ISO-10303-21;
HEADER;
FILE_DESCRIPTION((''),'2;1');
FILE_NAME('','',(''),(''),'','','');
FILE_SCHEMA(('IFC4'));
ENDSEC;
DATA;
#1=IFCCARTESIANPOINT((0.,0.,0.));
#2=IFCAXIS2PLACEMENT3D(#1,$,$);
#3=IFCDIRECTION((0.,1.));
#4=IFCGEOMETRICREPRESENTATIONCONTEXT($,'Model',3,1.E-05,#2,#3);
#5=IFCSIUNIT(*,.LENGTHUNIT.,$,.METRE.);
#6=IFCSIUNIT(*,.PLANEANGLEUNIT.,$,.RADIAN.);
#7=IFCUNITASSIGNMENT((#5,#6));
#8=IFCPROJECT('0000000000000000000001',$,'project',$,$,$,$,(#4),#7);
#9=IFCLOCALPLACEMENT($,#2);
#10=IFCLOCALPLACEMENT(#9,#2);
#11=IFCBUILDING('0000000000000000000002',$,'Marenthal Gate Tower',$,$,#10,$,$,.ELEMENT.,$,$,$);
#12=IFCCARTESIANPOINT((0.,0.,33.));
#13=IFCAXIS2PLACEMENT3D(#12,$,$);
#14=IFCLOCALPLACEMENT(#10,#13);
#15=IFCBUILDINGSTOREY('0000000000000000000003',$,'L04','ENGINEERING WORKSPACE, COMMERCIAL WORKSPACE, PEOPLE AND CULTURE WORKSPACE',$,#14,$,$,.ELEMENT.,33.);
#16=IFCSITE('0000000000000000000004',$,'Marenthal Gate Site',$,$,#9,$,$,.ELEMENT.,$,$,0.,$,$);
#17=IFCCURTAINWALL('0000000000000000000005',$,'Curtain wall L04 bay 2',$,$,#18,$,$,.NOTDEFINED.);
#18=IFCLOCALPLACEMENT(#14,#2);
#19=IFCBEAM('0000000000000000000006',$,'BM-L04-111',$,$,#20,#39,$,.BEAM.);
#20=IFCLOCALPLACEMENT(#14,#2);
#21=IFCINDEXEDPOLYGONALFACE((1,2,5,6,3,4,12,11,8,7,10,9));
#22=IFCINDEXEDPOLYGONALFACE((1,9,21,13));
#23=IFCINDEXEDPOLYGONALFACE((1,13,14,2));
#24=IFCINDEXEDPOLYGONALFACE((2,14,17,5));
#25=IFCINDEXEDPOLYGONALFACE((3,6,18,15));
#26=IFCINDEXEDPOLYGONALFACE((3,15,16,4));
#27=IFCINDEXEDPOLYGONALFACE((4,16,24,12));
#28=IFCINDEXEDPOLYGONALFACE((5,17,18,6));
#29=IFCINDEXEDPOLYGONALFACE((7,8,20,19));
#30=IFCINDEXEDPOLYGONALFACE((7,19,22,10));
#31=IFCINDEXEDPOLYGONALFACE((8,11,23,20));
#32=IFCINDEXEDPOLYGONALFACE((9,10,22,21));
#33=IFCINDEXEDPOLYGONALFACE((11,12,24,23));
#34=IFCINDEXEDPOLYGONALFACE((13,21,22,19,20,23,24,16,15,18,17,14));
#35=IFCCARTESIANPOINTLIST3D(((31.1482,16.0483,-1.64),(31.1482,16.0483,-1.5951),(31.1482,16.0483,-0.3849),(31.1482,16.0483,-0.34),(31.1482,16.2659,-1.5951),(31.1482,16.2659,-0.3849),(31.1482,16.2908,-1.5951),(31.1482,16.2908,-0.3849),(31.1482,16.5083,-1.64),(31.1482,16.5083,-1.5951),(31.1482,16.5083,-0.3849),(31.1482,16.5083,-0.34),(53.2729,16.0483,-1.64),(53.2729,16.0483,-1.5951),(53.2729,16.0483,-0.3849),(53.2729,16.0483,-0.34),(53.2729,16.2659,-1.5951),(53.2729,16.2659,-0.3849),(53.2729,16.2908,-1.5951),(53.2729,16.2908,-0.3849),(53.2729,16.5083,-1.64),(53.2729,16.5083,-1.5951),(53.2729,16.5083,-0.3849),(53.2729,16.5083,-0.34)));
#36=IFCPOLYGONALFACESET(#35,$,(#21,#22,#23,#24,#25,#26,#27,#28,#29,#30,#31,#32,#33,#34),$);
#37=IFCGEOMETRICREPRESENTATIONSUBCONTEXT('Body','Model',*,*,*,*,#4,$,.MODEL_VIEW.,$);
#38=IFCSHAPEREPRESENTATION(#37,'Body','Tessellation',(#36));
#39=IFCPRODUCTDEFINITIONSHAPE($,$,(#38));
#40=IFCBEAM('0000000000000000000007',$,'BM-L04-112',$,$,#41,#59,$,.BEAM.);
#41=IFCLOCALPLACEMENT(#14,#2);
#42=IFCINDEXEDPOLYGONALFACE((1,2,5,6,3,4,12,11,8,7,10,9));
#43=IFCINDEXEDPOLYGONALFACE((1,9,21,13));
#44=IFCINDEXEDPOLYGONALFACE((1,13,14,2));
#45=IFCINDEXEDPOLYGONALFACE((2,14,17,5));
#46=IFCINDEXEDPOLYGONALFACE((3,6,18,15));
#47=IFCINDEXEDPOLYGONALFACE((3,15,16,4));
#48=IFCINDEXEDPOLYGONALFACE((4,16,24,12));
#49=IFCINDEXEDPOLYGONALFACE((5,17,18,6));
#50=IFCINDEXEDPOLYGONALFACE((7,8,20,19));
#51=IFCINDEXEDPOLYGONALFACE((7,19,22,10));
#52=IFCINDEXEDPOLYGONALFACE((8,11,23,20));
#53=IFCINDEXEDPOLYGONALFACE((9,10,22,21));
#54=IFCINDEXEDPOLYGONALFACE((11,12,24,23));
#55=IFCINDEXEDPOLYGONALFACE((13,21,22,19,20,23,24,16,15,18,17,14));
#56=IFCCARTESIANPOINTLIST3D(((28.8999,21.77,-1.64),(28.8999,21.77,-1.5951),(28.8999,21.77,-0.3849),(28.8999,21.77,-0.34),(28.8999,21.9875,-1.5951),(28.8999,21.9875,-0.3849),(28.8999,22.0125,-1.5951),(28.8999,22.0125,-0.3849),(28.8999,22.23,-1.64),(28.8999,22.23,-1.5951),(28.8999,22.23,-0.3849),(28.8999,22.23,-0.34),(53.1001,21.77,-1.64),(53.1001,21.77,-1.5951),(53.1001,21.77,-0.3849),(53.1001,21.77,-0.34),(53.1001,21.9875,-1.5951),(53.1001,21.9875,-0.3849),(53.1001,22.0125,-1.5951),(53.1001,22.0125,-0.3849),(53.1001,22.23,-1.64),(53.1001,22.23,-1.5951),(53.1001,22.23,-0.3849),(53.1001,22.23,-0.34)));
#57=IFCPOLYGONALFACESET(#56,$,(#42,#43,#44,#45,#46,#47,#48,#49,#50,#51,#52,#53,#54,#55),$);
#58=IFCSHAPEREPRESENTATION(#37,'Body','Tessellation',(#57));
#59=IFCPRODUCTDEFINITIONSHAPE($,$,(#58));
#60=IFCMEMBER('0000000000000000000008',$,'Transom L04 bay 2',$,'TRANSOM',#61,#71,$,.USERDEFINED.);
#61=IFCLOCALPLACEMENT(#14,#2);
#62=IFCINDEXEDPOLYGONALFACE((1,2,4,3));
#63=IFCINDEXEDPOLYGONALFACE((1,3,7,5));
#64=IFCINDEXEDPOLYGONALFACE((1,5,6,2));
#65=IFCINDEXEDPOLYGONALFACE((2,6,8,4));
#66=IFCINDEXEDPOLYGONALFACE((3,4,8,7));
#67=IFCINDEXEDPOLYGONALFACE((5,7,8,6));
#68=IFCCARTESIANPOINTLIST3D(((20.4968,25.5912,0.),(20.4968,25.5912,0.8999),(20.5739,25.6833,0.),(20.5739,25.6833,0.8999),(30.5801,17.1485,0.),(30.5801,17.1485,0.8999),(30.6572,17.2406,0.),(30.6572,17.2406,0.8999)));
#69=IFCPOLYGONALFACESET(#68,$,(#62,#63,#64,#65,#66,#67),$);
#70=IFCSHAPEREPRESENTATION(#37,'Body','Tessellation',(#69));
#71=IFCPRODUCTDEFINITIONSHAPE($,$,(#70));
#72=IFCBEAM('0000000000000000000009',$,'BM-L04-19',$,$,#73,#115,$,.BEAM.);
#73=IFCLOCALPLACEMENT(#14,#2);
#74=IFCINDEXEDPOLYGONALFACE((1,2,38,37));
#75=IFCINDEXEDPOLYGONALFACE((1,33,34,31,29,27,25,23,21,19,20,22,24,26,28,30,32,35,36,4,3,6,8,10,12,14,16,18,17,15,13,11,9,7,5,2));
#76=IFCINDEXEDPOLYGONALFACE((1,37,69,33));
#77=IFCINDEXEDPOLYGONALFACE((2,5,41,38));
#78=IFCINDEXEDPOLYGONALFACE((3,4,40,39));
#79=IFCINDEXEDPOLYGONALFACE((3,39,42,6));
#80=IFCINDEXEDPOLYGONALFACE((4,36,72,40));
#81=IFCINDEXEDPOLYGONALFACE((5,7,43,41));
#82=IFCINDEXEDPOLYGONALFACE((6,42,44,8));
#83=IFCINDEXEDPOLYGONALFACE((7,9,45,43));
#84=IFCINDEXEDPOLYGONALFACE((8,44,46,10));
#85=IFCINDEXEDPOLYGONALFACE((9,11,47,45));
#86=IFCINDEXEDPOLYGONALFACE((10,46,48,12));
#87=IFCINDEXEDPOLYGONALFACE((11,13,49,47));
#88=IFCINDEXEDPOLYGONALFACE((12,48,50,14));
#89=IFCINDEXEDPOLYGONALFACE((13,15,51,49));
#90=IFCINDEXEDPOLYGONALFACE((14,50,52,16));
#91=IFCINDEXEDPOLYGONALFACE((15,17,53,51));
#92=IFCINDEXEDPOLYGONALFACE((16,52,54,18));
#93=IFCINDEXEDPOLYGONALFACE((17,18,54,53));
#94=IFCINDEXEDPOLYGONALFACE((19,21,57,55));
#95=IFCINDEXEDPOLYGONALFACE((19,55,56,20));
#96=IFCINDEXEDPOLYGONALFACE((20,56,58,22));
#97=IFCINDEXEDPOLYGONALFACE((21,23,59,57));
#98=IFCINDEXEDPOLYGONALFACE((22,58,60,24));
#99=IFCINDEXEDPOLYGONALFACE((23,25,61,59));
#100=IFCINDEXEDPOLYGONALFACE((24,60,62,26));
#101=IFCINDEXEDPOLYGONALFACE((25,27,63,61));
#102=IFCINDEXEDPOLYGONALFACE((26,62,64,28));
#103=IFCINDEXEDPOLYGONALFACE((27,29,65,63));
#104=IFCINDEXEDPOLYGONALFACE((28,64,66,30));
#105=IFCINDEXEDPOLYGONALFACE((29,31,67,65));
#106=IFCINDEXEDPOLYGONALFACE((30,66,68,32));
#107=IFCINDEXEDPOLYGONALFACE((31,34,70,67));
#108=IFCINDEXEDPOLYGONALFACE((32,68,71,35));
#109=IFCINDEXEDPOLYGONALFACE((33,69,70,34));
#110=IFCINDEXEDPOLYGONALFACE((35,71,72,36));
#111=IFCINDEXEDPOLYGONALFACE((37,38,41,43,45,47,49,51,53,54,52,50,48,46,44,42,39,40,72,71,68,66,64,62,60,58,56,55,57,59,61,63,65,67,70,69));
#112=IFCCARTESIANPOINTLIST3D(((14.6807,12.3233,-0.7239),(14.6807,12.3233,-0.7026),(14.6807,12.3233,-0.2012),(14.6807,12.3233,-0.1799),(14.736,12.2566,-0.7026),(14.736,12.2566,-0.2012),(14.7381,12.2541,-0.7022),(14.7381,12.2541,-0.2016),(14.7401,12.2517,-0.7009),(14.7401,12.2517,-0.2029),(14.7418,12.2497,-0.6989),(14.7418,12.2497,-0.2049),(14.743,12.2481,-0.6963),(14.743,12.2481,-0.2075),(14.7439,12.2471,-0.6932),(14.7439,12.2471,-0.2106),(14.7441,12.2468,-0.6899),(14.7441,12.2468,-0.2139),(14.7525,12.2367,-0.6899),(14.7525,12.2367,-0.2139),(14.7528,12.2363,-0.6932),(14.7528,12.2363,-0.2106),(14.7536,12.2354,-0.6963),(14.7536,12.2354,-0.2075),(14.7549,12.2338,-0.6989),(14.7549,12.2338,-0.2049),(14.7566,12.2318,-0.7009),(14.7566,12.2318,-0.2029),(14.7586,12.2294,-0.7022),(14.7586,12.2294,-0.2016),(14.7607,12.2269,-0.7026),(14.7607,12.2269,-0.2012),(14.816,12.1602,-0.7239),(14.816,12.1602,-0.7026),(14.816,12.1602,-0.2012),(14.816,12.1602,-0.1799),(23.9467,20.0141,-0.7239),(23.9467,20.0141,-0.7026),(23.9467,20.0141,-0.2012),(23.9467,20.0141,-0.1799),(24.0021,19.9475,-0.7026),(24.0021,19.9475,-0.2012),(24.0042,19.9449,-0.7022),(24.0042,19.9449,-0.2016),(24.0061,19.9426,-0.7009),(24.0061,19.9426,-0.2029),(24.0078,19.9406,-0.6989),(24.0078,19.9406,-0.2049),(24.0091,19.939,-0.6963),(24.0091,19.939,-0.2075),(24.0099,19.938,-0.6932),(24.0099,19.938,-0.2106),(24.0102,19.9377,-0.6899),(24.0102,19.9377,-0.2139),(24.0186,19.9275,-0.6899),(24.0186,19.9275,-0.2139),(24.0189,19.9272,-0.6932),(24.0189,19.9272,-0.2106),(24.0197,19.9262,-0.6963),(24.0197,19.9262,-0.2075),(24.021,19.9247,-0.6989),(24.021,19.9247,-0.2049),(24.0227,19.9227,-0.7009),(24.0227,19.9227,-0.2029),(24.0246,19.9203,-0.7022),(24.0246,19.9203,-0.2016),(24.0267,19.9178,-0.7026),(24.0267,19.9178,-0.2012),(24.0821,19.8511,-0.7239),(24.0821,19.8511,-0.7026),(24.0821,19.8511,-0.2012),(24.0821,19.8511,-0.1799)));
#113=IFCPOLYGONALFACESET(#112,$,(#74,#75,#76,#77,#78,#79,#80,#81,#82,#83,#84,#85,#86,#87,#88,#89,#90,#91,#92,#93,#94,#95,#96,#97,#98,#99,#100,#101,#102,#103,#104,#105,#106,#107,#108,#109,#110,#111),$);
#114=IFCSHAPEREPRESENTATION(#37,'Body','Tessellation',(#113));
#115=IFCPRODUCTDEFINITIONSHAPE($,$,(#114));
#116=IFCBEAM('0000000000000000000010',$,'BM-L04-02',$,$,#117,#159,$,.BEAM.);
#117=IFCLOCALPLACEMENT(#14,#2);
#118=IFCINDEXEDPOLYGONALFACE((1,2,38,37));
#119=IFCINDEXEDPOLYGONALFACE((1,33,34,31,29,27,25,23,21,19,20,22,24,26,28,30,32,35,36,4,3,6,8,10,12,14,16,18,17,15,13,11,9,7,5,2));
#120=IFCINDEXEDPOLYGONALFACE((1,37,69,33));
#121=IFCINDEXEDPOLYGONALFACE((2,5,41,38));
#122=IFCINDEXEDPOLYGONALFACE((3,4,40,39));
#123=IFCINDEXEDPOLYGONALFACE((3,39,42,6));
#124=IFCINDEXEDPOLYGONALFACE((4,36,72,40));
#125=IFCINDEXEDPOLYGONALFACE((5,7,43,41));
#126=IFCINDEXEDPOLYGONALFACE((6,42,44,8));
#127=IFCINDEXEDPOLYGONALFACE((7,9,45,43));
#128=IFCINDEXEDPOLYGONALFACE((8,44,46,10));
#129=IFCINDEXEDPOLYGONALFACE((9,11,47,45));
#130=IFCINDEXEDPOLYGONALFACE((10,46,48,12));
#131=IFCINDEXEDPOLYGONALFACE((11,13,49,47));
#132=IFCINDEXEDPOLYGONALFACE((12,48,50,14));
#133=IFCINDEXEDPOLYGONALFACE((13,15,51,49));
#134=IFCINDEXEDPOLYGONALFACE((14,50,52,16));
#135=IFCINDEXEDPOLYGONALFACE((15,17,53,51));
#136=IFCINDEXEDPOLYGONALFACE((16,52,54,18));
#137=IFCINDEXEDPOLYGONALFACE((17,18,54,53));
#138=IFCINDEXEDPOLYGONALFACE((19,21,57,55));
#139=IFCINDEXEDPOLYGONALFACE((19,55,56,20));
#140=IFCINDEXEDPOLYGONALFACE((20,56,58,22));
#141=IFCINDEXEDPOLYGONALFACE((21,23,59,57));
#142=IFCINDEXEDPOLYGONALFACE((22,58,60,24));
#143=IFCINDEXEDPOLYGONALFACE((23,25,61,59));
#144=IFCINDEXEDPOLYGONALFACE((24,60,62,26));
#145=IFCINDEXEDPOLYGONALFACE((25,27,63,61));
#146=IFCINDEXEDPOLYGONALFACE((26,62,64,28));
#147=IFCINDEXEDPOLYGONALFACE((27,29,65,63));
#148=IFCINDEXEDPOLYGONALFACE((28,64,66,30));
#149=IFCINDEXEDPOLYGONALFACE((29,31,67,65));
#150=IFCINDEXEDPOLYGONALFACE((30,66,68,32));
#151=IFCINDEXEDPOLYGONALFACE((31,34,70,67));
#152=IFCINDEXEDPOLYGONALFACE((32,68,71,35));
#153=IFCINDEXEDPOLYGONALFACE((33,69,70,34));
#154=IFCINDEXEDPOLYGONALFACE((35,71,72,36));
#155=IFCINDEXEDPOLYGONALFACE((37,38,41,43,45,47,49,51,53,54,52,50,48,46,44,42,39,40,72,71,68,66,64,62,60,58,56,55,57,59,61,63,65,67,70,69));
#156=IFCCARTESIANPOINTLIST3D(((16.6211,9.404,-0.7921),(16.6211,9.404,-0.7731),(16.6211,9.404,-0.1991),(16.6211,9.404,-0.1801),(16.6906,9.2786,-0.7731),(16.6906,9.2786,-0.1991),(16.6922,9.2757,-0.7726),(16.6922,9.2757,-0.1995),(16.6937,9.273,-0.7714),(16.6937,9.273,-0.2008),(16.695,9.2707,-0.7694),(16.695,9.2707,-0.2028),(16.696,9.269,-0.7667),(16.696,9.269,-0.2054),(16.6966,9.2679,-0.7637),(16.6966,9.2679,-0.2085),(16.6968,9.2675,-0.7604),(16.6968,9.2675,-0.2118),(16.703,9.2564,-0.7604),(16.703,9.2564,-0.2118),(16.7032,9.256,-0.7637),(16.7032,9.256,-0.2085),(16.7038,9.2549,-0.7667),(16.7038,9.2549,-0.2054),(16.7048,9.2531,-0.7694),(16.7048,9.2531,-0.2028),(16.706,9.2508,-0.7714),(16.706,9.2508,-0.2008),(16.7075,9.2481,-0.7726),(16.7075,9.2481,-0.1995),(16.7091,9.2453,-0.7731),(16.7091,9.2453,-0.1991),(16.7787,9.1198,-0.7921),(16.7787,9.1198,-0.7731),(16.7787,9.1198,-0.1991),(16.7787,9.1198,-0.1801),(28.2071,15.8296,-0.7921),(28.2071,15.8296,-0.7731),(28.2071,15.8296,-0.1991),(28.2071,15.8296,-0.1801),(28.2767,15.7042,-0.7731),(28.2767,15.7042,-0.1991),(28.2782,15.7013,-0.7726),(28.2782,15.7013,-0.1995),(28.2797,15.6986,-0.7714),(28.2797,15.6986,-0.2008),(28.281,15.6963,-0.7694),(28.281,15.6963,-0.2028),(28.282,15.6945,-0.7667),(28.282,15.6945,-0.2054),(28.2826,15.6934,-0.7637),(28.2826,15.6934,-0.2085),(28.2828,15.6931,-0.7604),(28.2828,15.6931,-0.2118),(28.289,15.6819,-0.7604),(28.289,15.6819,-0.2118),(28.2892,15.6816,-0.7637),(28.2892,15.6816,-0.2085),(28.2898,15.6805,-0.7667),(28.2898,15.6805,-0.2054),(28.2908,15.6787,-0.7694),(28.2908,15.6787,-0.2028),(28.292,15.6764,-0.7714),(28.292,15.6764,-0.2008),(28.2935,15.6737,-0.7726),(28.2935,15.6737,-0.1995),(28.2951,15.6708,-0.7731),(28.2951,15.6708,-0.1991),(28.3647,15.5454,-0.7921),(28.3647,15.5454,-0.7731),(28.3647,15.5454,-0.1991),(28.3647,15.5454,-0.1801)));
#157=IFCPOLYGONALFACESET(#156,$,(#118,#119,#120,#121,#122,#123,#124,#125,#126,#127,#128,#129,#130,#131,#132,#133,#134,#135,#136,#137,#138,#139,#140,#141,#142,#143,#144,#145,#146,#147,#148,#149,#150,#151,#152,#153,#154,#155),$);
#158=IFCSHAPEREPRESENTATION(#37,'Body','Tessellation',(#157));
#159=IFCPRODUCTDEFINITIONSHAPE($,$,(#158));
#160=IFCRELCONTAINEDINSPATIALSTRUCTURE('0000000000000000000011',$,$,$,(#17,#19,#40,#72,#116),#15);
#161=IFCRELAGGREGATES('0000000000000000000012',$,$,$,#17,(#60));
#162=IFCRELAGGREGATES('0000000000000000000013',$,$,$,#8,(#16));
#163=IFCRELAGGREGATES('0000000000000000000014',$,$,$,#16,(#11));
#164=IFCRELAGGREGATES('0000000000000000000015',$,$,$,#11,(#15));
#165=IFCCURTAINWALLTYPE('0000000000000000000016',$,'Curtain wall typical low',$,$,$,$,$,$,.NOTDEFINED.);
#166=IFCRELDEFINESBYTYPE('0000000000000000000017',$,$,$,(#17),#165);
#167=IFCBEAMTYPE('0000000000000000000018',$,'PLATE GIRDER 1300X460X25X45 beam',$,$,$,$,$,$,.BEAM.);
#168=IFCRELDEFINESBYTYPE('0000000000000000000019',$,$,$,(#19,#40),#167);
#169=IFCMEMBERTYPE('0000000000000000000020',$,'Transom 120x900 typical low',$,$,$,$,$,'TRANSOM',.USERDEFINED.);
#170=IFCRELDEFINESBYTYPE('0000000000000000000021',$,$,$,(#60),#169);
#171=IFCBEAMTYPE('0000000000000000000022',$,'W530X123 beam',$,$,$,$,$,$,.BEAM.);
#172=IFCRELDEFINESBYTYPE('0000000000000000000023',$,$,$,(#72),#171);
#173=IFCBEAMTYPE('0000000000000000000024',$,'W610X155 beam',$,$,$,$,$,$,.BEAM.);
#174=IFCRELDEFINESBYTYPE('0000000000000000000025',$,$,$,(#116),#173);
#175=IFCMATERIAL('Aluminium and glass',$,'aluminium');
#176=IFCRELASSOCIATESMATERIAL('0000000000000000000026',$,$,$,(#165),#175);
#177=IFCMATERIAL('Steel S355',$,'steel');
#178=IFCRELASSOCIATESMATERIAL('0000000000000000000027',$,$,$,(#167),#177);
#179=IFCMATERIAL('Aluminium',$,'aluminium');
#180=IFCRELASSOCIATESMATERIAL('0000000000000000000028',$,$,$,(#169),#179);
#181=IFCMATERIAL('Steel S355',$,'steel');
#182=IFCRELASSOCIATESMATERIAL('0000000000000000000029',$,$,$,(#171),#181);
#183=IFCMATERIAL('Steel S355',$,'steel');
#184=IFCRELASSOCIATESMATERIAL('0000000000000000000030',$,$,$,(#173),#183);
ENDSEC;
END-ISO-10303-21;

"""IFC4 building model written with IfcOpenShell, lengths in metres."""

from ifc_helpers import new_model, si_unit, direction, frame, origin, origin_2d, place, context, subcontext, project, spatial, rectangle, i_section, extrude, material, material_profile, profile_set, type_object, element, aggregate, save


model = new_model("IFC4")

# Units and contexts
model_context = context("Model", 3, precision=1e-05, world=origin(), true_north=direction((0.0, 1.0)))
body_context = subcontext(model_context, "Body", "Model", "MODEL_VIEW")
ifc_project = project(units=[si_unit("LENGTHUNIT", "METRE"), si_unit("PLANEANGLEUNIT", "RADIAN")], contexts=[model_context])

# Site, building, storey
site_placement = place(None, origin())
site = spatial("IfcSite", under=ifc_project, at=site_placement, Name="Marenthal Gate Site", CompositionType="ELEMENT", RefElevation=0.0)
building_placement = place(site_placement, origin())
building = spatial("IfcBuilding", under=site, at=building_placement, Name="Marenthal Gate Tower", CompositionType="ELEMENT")
storey_placement = place(building_placement, frame((0.0, 0.0, 33.0)))
storey = spatial("IfcBuildingStorey", under=building, at=storey_placement, Name="L04", Description="ENGINEERING WORKSPACE, COMMERCIAL WORKSPACE, PEOPLE AND CULTURE WORKSPACE", CompositionType="ELEMENT", Elevation=33.0)

# Curtain wall
ifc_material_1 = material(Name="Aluminium and glass", Category="aluminium")
curtain_wall_type = type_object("IfcCurtainWallType", Name="Curtain wall typical low", PredefinedType="NOTDEFINED", material=ifc_material_1)
curtain_wall_1_placement = place(storey_placement, origin())
curtain_wall_1 = element("IfcCurtainWall", 1, at=curtain_wall_1_placement, inside=storey, type_object=curtain_wall_type, Name="Curtain wall L04 bay 2", PredefinedType="NOTDEFINED")

# Beams
ifc_material_2 = material(Name="Steel S355", Category="steel")
ifc_material_profile_1 = material_profile(ifc_material_2, i_section(OverallWidth=0.46, OverallDepth=1.3, WebThickness=0.0249, FlangeThickness=0.0449, at=origin_2d()), Name="PLATE GIRDER 1300X460X25X45")
ifc_profile_set_1 = profile_set([ifc_material_profile_1], Name="Steel S355")
beam_type_1 = type_object("IfcBeamType", Name="PLATE GIRDER 1300X460X25X45 beam", PredefinedType="BEAM", material=ifc_profile_set_1)
beam_1_placement = place(storey_placement, frame((31.1482, 16.2783, -0.99), z_axis=(1.0, 0.0, 0.0), x_axis=(0.0, 1.0, 0.0)))
element("IfcBeam", 2, at=beam_1_placement, inside=storey, type_object=beam_type_1, Name="BM-L04-111", PredefinedType="BEAM", context=body_context, shape_type="SweptSolid", body=[
    extrude(i_section(OverallWidth=0.46, OverallDepth=1.3, WebThickness=0.0249, FlangeThickness=0.0449, at=origin_2d()), origin(), (0.0, 0.0, 1.0), 22.1248),
])
beam_2_placement = place(storey_placement, frame((28.8999, 22.0, -0.99), z_axis=(1.0, 0.0, 0.0), x_axis=(0.0, 1.0, 0.0)))
element("IfcBeam", 3, at=beam_2_placement, inside=storey, type_object=beam_type_1, Name="BM-L04-112", PredefinedType="BEAM", context=body_context, shape_type="SweptSolid", body=[
    extrude(i_section(OverallWidth=0.46, OverallDepth=1.3, WebThickness=0.0249, FlangeThickness=0.0449, at=origin_2d()), origin(), (0.0, 0.0, 1.0), 24.2002),
])

# Member
ifc_material_3 = material(Name="Aluminium", Category="aluminium")
ifc_material_profile_2 = material_profile(ifc_material_3, rectangle(XDim=0.1201, YDim=0.8999, at=origin_2d()), Name="120x900 aluminium transom")
ifc_profile_set_2 = profile_set([ifc_material_profile_2], Name="Aluminium")
member_type_1 = type_object("IfcMemberType", Name="Transom 120x900 typical low", ElementType="TRANSOM", PredefinedType="USERDEFINED", material=ifc_profile_set_2)
member_1_placement = place(storey_placement, frame((30.6187, 17.1946, 0.45), z_axis=(-0.766726, 0.641974, 0.0), x_axis=(-0.641974, -0.766726, 0.0)))
member_1 = element("IfcMember", 4, at=member_1_placement, type_object=member_type_1, Name="Transom L04 bay 2", ObjectType="TRANSOM", PredefinedType="USERDEFINED", context=body_context, shape_type="SweptSolid", body=[
    extrude(rectangle(XDim=0.1201, YDim=0.8999, at=origin_2d()), origin(), (0.0, 0.0, 1.0), 13.1511),
])

# Beams
ifc_material_4 = material(Name="Steel S355", Category="steel")
ifc_material_profile_3 = material_profile(ifc_material_4, i_section(OverallWidth=0.2119, OverallDepth=0.5439, WebThickness=0.0132, FlangeThickness=0.0212, FilletRadius=0.0127, at=origin_2d()), Name="W530X123")
ifc_profile_set_3 = profile_set([ifc_material_profile_3], Name="Steel S355")
beam_type_2 = type_object("IfcBeamType", Name="W530X123 beam", PredefinedType="BEAM", material=ifc_profile_set_3)
beam_3_placement = place(storey_placement, frame((24.0144, 19.9326, -0.4519), z_axis=(-0.769479, -0.638672, 0.0), x_axis=(0.638672, -0.769479, 0.0)))
element("IfcBeam", 5, at=beam_3_placement, inside=storey, type_object=beam_type_2, Name="BM-L04-19", PredefinedType="BEAM", context=body_context, shape_type="SweptSolid", body=[
    extrude(i_section(OverallWidth=0.2119, OverallDepth=0.5439, WebThickness=0.0132, FlangeThickness=0.0212, FilletRadius=0.0127, at=origin_2d()), origin(), (0.0, 0.0, 1.0), 12.042),
])
ifc_material_5 = material(Name="Steel S355", Category="steel")
ifc_material_profile_4 = material_profile(ifc_material_5, i_section(OverallWidth=0.325, OverallDepth=0.6121, WebThickness=0.0127, FlangeThickness=0.019, FilletRadius=0.0127, at=origin_2d()), Name="W610X155")
ifc_profile_set_4 = profile_set([ifc_material_profile_4], Name="Steel S355")
beam_type_3 = type_object("IfcBeamType", Name="W610X155 beam", PredefinedType="BEAM", material=ifc_profile_set_4)
beam_4_placement = place(storey_placement, frame((28.2859, 15.6875, -0.4861), z_axis=(-0.874513, -0.485003, 0.0), x_axis=(0.485003, -0.874513, 0.0)))
element("IfcBeam", 6, at=beam_4_placement, inside=storey, type_object=beam_type_3, Name="BM-L04-02", PredefinedType="BEAM", context=body_context, shape_type="SweptSolid", body=[
    extrude(i_section(OverallWidth=0.325, OverallDepth=0.6121, WebThickness=0.0127, FlangeThickness=0.019, FilletRadius=0.0127, at=origin_2d()), origin(), (0.0, 0.0, 1.0), 13.2485),
])

aggregate(curtain_wall_1, [member_1])

save(model, "model.ifc")
